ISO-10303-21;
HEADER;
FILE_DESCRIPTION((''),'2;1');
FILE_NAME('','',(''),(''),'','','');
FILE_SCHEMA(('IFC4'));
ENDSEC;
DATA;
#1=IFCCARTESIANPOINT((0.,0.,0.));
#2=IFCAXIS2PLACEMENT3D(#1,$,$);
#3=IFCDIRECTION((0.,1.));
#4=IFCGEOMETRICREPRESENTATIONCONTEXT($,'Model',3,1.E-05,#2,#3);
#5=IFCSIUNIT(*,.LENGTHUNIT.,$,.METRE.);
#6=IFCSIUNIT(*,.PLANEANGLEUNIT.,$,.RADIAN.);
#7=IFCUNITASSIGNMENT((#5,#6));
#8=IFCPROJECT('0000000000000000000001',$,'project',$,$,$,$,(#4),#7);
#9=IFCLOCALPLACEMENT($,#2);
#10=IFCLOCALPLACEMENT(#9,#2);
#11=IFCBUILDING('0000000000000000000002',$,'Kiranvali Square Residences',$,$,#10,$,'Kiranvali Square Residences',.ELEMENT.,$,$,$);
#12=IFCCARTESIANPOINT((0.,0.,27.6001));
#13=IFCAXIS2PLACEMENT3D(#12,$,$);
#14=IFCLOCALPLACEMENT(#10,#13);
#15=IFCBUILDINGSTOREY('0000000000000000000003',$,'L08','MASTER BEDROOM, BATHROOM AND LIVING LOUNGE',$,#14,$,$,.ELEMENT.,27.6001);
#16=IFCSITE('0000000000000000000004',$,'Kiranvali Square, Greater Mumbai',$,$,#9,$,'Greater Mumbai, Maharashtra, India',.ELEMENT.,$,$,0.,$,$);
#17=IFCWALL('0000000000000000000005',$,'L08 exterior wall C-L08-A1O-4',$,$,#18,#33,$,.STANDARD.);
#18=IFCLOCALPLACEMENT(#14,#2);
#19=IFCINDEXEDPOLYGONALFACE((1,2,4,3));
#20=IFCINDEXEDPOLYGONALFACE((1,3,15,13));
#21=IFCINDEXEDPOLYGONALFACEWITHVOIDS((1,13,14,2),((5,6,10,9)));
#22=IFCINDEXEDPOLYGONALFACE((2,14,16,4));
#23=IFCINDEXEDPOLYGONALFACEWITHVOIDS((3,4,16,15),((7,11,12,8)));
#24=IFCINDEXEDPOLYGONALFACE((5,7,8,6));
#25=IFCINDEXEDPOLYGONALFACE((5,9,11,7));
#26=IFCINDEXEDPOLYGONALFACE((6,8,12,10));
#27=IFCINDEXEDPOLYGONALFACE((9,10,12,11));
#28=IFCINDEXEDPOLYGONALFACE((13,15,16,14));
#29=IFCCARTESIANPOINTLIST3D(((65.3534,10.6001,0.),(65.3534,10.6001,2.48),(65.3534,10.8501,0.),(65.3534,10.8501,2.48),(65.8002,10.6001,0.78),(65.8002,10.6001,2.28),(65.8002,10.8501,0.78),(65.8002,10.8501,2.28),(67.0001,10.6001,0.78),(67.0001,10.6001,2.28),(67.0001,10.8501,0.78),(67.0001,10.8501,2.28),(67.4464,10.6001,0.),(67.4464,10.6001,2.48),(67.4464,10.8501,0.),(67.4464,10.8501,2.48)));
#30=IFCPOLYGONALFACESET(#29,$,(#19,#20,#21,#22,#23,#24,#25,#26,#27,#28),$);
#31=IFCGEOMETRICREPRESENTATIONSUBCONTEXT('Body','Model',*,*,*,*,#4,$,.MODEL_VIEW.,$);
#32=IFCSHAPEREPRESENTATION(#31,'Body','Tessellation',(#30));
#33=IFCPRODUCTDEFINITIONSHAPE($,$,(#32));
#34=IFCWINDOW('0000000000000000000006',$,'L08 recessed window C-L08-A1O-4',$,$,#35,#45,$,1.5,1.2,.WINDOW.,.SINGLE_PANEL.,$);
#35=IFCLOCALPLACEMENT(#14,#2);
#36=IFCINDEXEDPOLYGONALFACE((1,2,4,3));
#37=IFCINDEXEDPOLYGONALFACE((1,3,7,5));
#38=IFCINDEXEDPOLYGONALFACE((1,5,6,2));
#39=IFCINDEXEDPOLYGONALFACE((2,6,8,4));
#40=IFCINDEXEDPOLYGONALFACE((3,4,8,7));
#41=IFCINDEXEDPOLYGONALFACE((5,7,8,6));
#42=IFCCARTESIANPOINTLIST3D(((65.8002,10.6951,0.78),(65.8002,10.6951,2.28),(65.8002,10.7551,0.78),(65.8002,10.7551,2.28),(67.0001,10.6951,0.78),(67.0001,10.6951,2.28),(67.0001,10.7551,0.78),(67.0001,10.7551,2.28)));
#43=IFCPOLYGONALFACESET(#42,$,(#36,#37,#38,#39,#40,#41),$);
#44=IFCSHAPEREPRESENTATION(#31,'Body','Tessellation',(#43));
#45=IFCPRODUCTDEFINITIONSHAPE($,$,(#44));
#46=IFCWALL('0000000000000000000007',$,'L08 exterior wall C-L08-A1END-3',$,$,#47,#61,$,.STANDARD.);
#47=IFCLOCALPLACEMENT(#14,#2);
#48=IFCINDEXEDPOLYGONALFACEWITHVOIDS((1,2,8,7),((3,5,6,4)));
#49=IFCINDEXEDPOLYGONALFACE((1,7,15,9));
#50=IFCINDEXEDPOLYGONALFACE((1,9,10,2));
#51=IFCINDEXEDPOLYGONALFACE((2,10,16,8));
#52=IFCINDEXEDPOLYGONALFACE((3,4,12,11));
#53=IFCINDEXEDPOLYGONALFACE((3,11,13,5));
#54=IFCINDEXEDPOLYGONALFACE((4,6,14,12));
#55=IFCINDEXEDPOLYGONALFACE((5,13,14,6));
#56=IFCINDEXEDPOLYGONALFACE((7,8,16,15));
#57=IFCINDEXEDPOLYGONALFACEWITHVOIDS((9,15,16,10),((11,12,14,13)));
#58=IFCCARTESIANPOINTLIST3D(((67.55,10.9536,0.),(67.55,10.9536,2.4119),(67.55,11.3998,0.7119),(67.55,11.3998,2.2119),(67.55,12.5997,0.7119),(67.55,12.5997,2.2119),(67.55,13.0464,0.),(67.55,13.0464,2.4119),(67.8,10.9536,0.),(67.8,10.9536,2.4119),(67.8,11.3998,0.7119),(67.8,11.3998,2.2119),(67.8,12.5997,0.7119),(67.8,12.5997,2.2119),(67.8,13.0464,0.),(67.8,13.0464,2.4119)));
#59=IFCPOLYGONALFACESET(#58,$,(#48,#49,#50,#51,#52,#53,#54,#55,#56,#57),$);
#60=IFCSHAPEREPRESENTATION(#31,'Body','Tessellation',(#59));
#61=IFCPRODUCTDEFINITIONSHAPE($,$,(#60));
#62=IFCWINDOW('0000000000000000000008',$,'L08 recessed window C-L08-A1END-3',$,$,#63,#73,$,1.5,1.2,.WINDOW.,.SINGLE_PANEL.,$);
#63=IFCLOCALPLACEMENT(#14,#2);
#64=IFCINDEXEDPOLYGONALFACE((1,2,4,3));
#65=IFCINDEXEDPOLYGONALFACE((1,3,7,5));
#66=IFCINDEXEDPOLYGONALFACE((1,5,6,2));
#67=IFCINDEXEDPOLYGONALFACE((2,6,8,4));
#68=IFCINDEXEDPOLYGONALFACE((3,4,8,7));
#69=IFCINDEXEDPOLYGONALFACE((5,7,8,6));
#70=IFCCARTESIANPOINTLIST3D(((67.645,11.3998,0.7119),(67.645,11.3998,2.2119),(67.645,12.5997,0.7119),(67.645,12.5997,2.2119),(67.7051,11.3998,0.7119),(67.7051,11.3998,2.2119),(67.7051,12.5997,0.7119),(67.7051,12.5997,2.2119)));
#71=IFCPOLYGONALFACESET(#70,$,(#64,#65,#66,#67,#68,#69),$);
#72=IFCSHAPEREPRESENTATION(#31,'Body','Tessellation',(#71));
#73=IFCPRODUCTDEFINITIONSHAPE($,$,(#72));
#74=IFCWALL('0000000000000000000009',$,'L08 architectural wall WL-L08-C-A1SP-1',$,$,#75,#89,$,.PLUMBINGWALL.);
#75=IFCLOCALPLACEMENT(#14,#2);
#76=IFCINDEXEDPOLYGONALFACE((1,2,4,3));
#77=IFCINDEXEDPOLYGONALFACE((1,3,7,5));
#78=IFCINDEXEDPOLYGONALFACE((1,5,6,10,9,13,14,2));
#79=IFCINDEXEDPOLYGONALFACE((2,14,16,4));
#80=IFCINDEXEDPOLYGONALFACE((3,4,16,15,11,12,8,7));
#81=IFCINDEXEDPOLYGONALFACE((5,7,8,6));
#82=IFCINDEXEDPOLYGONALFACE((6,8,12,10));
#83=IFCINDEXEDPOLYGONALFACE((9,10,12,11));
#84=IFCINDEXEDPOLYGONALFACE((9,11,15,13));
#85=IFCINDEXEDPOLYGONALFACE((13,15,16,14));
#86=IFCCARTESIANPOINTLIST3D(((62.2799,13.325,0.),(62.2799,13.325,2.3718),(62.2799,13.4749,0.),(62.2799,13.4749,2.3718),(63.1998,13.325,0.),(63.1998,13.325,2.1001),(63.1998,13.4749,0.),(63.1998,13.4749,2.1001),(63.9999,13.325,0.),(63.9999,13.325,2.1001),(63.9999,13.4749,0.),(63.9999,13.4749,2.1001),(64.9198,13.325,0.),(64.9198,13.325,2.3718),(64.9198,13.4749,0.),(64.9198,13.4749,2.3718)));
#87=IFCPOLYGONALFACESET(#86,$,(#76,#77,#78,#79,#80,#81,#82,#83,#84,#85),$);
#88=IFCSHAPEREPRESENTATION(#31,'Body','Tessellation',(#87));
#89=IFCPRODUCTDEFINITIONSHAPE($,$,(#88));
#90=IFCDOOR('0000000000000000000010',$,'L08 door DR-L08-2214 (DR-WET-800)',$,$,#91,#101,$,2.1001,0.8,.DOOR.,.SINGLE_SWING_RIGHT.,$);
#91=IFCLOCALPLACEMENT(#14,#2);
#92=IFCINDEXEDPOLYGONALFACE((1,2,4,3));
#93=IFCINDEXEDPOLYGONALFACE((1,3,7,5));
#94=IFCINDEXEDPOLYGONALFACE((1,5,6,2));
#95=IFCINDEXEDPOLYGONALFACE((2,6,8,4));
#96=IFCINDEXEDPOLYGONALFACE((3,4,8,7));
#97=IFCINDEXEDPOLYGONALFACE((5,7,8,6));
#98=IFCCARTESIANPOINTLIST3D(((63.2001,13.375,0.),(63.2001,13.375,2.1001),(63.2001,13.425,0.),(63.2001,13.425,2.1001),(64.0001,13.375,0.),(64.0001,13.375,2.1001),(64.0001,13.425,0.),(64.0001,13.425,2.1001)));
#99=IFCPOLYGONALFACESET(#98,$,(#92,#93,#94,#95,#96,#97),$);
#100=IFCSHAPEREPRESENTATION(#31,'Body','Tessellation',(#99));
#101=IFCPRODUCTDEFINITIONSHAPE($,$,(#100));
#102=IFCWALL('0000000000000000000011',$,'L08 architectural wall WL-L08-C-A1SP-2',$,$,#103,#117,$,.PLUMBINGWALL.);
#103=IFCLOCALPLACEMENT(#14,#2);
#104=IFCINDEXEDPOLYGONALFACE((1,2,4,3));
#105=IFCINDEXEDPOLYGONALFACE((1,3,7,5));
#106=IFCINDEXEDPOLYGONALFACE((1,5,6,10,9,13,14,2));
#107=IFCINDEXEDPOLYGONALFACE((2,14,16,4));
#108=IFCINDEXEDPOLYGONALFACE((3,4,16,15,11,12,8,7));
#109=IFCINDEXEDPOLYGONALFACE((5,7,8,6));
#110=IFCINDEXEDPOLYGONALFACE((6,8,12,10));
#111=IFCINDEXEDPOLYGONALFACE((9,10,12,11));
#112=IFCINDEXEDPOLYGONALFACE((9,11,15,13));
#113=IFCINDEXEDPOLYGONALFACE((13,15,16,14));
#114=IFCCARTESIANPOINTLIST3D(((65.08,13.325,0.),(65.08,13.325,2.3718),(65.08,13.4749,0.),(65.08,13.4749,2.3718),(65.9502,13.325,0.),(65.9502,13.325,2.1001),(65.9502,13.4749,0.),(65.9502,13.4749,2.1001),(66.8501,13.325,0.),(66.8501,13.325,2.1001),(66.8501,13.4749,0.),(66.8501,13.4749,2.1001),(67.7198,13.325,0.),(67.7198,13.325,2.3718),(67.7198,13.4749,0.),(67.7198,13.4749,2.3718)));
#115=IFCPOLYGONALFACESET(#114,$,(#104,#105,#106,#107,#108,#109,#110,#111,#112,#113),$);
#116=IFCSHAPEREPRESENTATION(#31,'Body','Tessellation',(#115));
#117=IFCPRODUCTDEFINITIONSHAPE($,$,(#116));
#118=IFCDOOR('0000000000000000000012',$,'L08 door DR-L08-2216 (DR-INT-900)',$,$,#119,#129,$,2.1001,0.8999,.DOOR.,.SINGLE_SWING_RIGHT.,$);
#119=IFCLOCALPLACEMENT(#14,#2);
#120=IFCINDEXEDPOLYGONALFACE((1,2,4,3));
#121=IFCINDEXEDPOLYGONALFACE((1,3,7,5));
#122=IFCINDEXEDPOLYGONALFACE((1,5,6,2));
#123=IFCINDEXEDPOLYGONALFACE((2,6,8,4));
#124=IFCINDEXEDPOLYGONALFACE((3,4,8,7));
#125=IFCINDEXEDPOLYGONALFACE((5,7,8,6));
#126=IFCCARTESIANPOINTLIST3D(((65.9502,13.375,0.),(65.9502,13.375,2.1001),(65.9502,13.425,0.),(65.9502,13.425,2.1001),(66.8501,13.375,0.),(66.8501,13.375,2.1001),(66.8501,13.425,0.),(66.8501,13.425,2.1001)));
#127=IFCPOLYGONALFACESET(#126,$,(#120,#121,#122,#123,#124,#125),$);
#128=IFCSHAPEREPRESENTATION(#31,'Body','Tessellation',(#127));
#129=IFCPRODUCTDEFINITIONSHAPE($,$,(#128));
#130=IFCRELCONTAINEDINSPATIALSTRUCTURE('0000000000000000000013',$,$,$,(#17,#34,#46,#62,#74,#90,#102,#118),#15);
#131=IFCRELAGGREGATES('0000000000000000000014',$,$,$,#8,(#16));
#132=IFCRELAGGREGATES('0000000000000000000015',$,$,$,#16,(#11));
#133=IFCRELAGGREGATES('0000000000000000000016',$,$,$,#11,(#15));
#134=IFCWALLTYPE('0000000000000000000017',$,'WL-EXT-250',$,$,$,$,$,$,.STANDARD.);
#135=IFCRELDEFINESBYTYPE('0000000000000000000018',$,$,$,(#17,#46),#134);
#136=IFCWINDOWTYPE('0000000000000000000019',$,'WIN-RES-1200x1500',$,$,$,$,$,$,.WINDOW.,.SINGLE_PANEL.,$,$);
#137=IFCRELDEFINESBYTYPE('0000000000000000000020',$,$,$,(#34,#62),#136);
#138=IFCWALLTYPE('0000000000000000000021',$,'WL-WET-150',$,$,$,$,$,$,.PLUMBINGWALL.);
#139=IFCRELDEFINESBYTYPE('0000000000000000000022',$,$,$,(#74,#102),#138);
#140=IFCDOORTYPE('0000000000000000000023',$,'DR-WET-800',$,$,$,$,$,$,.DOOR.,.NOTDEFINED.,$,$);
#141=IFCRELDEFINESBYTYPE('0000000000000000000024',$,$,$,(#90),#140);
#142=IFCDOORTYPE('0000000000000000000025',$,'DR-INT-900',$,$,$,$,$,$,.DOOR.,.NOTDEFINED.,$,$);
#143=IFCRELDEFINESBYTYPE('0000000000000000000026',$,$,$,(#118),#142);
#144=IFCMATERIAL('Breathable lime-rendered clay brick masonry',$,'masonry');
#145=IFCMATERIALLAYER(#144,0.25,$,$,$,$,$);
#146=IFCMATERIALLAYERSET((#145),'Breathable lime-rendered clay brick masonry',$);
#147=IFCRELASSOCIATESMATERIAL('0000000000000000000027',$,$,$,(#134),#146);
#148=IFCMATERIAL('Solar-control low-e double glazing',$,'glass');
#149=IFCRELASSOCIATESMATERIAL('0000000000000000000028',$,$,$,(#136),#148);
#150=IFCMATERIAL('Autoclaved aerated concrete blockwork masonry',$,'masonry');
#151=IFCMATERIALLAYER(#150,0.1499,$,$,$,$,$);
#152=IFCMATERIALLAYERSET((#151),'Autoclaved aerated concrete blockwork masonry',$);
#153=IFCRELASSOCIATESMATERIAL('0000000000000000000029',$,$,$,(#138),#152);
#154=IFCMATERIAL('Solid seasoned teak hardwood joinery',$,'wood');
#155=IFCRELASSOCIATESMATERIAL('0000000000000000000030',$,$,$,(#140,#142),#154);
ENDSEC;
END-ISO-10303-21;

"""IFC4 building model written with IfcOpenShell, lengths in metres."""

from ifc_helpers import new_model, si_unit, direction, frame, frame_2d, origin, place, context, subcontext, project, spatial, rectangle, extrude, material, layer, layer_set, type_object, element, fill, save


model = new_model("IFC4")

# Units and contexts
model_context = context("Model", 3, precision=1e-05, world=origin(), true_north=direction((0.0, 1.0)))
body_context = subcontext(model_context, "Body", "Model", "MODEL_VIEW")
ifc_project = project(units=[si_unit("LENGTHUNIT", "METRE"), si_unit("PLANEANGLEUNIT", "RADIAN")], contexts=[model_context])

# Site, building, storey
site_placement = place(None, origin())
site = spatial("IfcSite", under=ifc_project, at=site_placement, Name="Kiranvali Square, Greater Mumbai", LongName="Greater Mumbai, Maharashtra, India", CompositionType="ELEMENT", RefElevation=0.0)
building_placement = place(site_placement, origin())
building = spatial("IfcBuilding", under=site, at=building_placement, Name="Kiranvali Square Residences", LongName="Kiranvali Square Residences", CompositionType="ELEMENT")
storey_placement = place(building_placement, frame((0.0, 0.0, 27.6001)))
storey = spatial("IfcBuildingStorey", under=building, at=storey_placement, Name="L08", Description="MASTER BEDROOM, BATHROOM AND LIVING LOUNGE", CompositionType="ELEMENT", Elevation=27.6001)

# Shared definitions
ifc_material_1 = material(Name="Autoclaved aerated concrete blockwork masonry", Category="masonry")

# Walls, openings, windows
ifc_material_2 = material(Name="Breathable lime-rendered clay brick masonry", Category="masonry")
ifc_layer_1 = layer(ifc_material_2, 0.25)
ifc_layer_set_1 = layer_set([ifc_layer_1], Name="Breathable lime-rendered clay brick masonry")
wall_type_1 = type_object("IfcWallType", Name="WL-EXT-250", PredefinedType="STANDARD", material=ifc_layer_set_1)
ifc_material_3 = material(Name="Solar-control low-e double glazing", Category="glass")
window_type = type_object("IfcWindowType", Name="WIN-RES-1200x1500", PartitioningType="SINGLE_PANEL", PredefinedType="WINDOW", material=ifc_material_3)
wall_1_placement = place(storey_placement, frame((65.3535, 10.7251, 0.0), z_axis=(0.0, 0.0, 1.0), x_axis=(1.0, 0.0, 0.0)))
wall_1 = element("IfcWall", 1, at=wall_1_placement, inside=storey, type_object=wall_type_1, Name="L08 exterior wall C-L08-A1O-4", PredefinedType="STANDARD", context=body_context, shape_type="SweptSolid", body=[
    extrude(rectangle(XDim=2.093, YDim=0.25, at=frame_2d((1.0464, 0.0))), origin(), (0.0, 0.0, 1.0), 2.48),
])
opening_1_placement = place(wall_1_placement, frame((0.4465, 0.0, 0.78)))
opening_1 = element("IfcOpeningElement", 2, at=opening_1_placement, cuts=wall_1, PredefinedType="OPENING", context=body_context, shape_type="SweptSolid", body=[
    extrude(rectangle(XDim=1.2, YDim=1.5, at=frame_2d((0.6001, 0.75))), frame((0.0, 0.135, 0.0), z_axis=(0.0, -1.0, 0.0), x_axis=(1.0, 0.0, 0.0)), (0.0, 0.0, 1.0), 0.27),
])
window_1_placement = place(opening_1_placement, origin())
window_1 = element("IfcWindow", 3, at=window_1_placement, inside=storey, type_object=window_type, Name="L08 recessed window C-L08-A1O-4", OverallHeight=1.5, OverallWidth=1.2, PartitioningType="SINGLE_PANEL", PredefinedType="WINDOW", context=body_context, shape_type="SweptSolid", body=[
    extrude(rectangle(XDim=1.2, YDim=1.5, at=frame_2d((0.6001, 0.75))), frame((0.0, 0.03, 0.0), z_axis=(0.0, -1.0, 0.0), x_axis=(1.0, 0.0, 0.0)), (0.0, 0.0, 1.0), 0.0601),
])
fill(opening_1, window_1)
wall_2_placement = place(storey_placement, frame((67.675, 13.0464, 0.0), z_axis=(0.0, 0.0, 1.0), x_axis=(0.0, -1.0, 0.0)))
wall_2 = element("IfcWall", 4, at=wall_2_placement, inside=storey, type_object=wall_type_1, Name="L08 exterior wall C-L08-A1END-3", PredefinedType="STANDARD", context=body_context, shape_type="SweptSolid", body=[
    extrude(rectangle(XDim=2.0928, YDim=0.25, at=frame_2d((1.0464, 0.0))), origin(), (0.0, 0.0, 1.0), 2.4119),
])
opening_2_placement = place(wall_2_placement, frame((0.4465, 0.0, 0.7119)))
opening_2 = element("IfcOpeningElement", 5, at=opening_2_placement, cuts=wall_2, PredefinedType="OPENING", context=body_context, shape_type="SweptSolid", body=[
    extrude(rectangle(XDim=1.2, YDim=1.5, at=frame_2d((0.6001, 0.75))), frame((0.0, 0.135, 0.0), z_axis=(0.0, -1.0, 0.0), x_axis=(1.0, 0.0, 0.0)), (0.0, 0.0, 1.0), 0.27),
])
window_2_placement = place(opening_2_placement, origin())
window_2 = element("IfcWindow", 6, at=window_2_placement, inside=storey, type_object=window_type, Name="L08 recessed window C-L08-A1END-3", OverallHeight=1.5, OverallWidth=1.2, PartitioningType="SINGLE_PANEL", PredefinedType="WINDOW", context=body_context, shape_type="SweptSolid", body=[
    extrude(rectangle(XDim=1.2, YDim=1.5, at=frame_2d((0.6001, 0.75))), frame((0.0, 0.03, 0.0), z_axis=(0.0, -1.0, 0.0), x_axis=(1.0, 0.0, 0.0)), (0.0, 0.0, 1.0), 0.0601),
])
fill(opening_2, window_2)

# Walls, openings, doors
ifc_layer_2 = layer(ifc_material_1, 0.1499)
ifc_layer_set_2 = layer_set([ifc_layer_2], Name="Autoclaved aerated concrete blockwork masonry")
wall_type_2 = type_object("IfcWallType", Name="WL-WET-150", PredefinedType="PLUMBINGWALL", material=ifc_layer_set_2)
wall_3_placement = place(storey_placement, frame((62.28, 13.3999, 0.0), z_axis=(0.0, 0.0, 1.0), x_axis=(1.0, 0.0, 0.0)))
wall_3 = element("IfcWall", 7, at=wall_3_placement, inside=storey, type_object=wall_type_2, Name="L08 architectural wall WL-L08-C-A1SP-1", PredefinedType="PLUMBINGWALL", context=body_context, shape_type="SweptSolid", body=[
    extrude(rectangle(XDim=2.6399, YDim=0.1499, at=frame_2d((1.3198, 0.0))), origin(), (0.0, 0.0, 1.0), 2.3718),
])
opening_3_placement = place(wall_3_placement, frame((0.9199, 0.0, 0.0)))
opening_3 = element("IfcOpeningElement", 8, at=opening_3_placement, cuts=wall_3, PredefinedType="OPENING", context=body_context, shape_type="SweptSolid", body=[
    extrude(rectangle(XDim=0.8, YDim=2.1001, at=frame_2d((0.3999, 1.05))), frame((0.0, 0.085, 0.0), z_axis=(0.0, -1.0, 0.0), x_axis=(1.0, 0.0, 0.0)), (0.0, 0.0, 1.0), 0.1699),
])
ifc_material_4 = material(Name="Solid seasoned teak hardwood joinery", Category="wood")
door_type_1 = type_object("IfcDoorType", Name="DR-WET-800", OperationType="NOTDEFINED", PredefinedType="DOOR", material=ifc_material_4)
door_1_placement = place(opening_3_placement, frame((0.8, 0.0, 0.0), z_axis=(0.0, 0.0, 1.0), x_axis=(-1.0, 0.0, 0.0)))
door_1 = element("IfcDoor", 9, at=door_1_placement, inside=storey, type_object=door_type_1, Name="L08 door DR-L08-2214 (DR-WET-800)", OperationType="SINGLE_SWING_RIGHT", OverallHeight=2.1001, OverallWidth=0.8, PredefinedType="DOOR", context=body_context, shape_type="SweptSolid", body=[
    extrude(rectangle(XDim=0.8, YDim=2.1001, at=frame_2d((0.3999, 1.05))), frame((0.0, 0.0249, 0.0), z_axis=(0.0, -1.0, 0.0), x_axis=(1.0, 0.0, 0.0)), (0.0, 0.0, 1.0), 0.05),
])
fill(opening_3, door_1)
wall_4_placement = place(storey_placement, frame((65.0801, 13.3999, 0.0), z_axis=(0.0, 0.0, 1.0), x_axis=(1.0, 0.0, 0.0)))
wall_4 = element("IfcWall", 10, at=wall_4_placement, inside=storey, type_object=wall_type_2, Name="L08 architectural wall WL-L08-C-A1SP-2", PredefinedType="PLUMBINGWALL", context=body_context, shape_type="SweptSolid", body=[
    extrude(rectangle(XDim=2.6399, YDim=0.1499, at=frame_2d((1.3198, 0.0))), origin(), (0.0, 0.0, 1.0), 2.3718),
])
opening_4_placement = place(wall_4_placement, frame((0.8701, 0.0, 0.0)))
opening_4 = element("IfcOpeningElement", 11, at=opening_4_placement, cuts=wall_4, PredefinedType="OPENING", context=body_context, shape_type="SweptSolid", body=[
    extrude(rectangle(XDim=0.8999, YDim=2.1001, at=frame_2d((0.45, 1.05))), frame((0.0, 0.085, 0.0), z_axis=(0.0, -1.0, 0.0), x_axis=(1.0, 0.0, 0.0)), (0.0, 0.0, 1.0), 0.1699),
])
door_type_2 = type_object("IfcDoorType", Name="DR-INT-900", OperationType="NOTDEFINED", PredefinedType="DOOR", material=ifc_material_4)
door_2_placement = place(opening_4_placement, frame((0.8999, 0.0, 0.0), z_axis=(0.0, 0.0, 1.0), x_axis=(-1.0, 0.0, 0.0)))
door_2 = element("IfcDoor", 12, at=door_2_placement, inside=storey, type_object=door_type_2, Name="L08 door DR-L08-2216 (DR-INT-900)", OperationType="SINGLE_SWING_RIGHT", OverallHeight=2.1001, OverallWidth=0.8999, PredefinedType="DOOR", context=body_context, shape_type="SweptSolid", body=[
    extrude(rectangle(XDim=0.8999, YDim=2.1001, at=frame_2d((0.45, 1.05))), frame((0.0, 0.0249, 0.0), z_axis=(0.0, -1.0, 0.0), x_axis=(1.0, 0.0, 0.0)), (0.0, 0.0, 1.0), 0.05),
])
fill(opening_4, door_2)

save(model, "model.ifc")
